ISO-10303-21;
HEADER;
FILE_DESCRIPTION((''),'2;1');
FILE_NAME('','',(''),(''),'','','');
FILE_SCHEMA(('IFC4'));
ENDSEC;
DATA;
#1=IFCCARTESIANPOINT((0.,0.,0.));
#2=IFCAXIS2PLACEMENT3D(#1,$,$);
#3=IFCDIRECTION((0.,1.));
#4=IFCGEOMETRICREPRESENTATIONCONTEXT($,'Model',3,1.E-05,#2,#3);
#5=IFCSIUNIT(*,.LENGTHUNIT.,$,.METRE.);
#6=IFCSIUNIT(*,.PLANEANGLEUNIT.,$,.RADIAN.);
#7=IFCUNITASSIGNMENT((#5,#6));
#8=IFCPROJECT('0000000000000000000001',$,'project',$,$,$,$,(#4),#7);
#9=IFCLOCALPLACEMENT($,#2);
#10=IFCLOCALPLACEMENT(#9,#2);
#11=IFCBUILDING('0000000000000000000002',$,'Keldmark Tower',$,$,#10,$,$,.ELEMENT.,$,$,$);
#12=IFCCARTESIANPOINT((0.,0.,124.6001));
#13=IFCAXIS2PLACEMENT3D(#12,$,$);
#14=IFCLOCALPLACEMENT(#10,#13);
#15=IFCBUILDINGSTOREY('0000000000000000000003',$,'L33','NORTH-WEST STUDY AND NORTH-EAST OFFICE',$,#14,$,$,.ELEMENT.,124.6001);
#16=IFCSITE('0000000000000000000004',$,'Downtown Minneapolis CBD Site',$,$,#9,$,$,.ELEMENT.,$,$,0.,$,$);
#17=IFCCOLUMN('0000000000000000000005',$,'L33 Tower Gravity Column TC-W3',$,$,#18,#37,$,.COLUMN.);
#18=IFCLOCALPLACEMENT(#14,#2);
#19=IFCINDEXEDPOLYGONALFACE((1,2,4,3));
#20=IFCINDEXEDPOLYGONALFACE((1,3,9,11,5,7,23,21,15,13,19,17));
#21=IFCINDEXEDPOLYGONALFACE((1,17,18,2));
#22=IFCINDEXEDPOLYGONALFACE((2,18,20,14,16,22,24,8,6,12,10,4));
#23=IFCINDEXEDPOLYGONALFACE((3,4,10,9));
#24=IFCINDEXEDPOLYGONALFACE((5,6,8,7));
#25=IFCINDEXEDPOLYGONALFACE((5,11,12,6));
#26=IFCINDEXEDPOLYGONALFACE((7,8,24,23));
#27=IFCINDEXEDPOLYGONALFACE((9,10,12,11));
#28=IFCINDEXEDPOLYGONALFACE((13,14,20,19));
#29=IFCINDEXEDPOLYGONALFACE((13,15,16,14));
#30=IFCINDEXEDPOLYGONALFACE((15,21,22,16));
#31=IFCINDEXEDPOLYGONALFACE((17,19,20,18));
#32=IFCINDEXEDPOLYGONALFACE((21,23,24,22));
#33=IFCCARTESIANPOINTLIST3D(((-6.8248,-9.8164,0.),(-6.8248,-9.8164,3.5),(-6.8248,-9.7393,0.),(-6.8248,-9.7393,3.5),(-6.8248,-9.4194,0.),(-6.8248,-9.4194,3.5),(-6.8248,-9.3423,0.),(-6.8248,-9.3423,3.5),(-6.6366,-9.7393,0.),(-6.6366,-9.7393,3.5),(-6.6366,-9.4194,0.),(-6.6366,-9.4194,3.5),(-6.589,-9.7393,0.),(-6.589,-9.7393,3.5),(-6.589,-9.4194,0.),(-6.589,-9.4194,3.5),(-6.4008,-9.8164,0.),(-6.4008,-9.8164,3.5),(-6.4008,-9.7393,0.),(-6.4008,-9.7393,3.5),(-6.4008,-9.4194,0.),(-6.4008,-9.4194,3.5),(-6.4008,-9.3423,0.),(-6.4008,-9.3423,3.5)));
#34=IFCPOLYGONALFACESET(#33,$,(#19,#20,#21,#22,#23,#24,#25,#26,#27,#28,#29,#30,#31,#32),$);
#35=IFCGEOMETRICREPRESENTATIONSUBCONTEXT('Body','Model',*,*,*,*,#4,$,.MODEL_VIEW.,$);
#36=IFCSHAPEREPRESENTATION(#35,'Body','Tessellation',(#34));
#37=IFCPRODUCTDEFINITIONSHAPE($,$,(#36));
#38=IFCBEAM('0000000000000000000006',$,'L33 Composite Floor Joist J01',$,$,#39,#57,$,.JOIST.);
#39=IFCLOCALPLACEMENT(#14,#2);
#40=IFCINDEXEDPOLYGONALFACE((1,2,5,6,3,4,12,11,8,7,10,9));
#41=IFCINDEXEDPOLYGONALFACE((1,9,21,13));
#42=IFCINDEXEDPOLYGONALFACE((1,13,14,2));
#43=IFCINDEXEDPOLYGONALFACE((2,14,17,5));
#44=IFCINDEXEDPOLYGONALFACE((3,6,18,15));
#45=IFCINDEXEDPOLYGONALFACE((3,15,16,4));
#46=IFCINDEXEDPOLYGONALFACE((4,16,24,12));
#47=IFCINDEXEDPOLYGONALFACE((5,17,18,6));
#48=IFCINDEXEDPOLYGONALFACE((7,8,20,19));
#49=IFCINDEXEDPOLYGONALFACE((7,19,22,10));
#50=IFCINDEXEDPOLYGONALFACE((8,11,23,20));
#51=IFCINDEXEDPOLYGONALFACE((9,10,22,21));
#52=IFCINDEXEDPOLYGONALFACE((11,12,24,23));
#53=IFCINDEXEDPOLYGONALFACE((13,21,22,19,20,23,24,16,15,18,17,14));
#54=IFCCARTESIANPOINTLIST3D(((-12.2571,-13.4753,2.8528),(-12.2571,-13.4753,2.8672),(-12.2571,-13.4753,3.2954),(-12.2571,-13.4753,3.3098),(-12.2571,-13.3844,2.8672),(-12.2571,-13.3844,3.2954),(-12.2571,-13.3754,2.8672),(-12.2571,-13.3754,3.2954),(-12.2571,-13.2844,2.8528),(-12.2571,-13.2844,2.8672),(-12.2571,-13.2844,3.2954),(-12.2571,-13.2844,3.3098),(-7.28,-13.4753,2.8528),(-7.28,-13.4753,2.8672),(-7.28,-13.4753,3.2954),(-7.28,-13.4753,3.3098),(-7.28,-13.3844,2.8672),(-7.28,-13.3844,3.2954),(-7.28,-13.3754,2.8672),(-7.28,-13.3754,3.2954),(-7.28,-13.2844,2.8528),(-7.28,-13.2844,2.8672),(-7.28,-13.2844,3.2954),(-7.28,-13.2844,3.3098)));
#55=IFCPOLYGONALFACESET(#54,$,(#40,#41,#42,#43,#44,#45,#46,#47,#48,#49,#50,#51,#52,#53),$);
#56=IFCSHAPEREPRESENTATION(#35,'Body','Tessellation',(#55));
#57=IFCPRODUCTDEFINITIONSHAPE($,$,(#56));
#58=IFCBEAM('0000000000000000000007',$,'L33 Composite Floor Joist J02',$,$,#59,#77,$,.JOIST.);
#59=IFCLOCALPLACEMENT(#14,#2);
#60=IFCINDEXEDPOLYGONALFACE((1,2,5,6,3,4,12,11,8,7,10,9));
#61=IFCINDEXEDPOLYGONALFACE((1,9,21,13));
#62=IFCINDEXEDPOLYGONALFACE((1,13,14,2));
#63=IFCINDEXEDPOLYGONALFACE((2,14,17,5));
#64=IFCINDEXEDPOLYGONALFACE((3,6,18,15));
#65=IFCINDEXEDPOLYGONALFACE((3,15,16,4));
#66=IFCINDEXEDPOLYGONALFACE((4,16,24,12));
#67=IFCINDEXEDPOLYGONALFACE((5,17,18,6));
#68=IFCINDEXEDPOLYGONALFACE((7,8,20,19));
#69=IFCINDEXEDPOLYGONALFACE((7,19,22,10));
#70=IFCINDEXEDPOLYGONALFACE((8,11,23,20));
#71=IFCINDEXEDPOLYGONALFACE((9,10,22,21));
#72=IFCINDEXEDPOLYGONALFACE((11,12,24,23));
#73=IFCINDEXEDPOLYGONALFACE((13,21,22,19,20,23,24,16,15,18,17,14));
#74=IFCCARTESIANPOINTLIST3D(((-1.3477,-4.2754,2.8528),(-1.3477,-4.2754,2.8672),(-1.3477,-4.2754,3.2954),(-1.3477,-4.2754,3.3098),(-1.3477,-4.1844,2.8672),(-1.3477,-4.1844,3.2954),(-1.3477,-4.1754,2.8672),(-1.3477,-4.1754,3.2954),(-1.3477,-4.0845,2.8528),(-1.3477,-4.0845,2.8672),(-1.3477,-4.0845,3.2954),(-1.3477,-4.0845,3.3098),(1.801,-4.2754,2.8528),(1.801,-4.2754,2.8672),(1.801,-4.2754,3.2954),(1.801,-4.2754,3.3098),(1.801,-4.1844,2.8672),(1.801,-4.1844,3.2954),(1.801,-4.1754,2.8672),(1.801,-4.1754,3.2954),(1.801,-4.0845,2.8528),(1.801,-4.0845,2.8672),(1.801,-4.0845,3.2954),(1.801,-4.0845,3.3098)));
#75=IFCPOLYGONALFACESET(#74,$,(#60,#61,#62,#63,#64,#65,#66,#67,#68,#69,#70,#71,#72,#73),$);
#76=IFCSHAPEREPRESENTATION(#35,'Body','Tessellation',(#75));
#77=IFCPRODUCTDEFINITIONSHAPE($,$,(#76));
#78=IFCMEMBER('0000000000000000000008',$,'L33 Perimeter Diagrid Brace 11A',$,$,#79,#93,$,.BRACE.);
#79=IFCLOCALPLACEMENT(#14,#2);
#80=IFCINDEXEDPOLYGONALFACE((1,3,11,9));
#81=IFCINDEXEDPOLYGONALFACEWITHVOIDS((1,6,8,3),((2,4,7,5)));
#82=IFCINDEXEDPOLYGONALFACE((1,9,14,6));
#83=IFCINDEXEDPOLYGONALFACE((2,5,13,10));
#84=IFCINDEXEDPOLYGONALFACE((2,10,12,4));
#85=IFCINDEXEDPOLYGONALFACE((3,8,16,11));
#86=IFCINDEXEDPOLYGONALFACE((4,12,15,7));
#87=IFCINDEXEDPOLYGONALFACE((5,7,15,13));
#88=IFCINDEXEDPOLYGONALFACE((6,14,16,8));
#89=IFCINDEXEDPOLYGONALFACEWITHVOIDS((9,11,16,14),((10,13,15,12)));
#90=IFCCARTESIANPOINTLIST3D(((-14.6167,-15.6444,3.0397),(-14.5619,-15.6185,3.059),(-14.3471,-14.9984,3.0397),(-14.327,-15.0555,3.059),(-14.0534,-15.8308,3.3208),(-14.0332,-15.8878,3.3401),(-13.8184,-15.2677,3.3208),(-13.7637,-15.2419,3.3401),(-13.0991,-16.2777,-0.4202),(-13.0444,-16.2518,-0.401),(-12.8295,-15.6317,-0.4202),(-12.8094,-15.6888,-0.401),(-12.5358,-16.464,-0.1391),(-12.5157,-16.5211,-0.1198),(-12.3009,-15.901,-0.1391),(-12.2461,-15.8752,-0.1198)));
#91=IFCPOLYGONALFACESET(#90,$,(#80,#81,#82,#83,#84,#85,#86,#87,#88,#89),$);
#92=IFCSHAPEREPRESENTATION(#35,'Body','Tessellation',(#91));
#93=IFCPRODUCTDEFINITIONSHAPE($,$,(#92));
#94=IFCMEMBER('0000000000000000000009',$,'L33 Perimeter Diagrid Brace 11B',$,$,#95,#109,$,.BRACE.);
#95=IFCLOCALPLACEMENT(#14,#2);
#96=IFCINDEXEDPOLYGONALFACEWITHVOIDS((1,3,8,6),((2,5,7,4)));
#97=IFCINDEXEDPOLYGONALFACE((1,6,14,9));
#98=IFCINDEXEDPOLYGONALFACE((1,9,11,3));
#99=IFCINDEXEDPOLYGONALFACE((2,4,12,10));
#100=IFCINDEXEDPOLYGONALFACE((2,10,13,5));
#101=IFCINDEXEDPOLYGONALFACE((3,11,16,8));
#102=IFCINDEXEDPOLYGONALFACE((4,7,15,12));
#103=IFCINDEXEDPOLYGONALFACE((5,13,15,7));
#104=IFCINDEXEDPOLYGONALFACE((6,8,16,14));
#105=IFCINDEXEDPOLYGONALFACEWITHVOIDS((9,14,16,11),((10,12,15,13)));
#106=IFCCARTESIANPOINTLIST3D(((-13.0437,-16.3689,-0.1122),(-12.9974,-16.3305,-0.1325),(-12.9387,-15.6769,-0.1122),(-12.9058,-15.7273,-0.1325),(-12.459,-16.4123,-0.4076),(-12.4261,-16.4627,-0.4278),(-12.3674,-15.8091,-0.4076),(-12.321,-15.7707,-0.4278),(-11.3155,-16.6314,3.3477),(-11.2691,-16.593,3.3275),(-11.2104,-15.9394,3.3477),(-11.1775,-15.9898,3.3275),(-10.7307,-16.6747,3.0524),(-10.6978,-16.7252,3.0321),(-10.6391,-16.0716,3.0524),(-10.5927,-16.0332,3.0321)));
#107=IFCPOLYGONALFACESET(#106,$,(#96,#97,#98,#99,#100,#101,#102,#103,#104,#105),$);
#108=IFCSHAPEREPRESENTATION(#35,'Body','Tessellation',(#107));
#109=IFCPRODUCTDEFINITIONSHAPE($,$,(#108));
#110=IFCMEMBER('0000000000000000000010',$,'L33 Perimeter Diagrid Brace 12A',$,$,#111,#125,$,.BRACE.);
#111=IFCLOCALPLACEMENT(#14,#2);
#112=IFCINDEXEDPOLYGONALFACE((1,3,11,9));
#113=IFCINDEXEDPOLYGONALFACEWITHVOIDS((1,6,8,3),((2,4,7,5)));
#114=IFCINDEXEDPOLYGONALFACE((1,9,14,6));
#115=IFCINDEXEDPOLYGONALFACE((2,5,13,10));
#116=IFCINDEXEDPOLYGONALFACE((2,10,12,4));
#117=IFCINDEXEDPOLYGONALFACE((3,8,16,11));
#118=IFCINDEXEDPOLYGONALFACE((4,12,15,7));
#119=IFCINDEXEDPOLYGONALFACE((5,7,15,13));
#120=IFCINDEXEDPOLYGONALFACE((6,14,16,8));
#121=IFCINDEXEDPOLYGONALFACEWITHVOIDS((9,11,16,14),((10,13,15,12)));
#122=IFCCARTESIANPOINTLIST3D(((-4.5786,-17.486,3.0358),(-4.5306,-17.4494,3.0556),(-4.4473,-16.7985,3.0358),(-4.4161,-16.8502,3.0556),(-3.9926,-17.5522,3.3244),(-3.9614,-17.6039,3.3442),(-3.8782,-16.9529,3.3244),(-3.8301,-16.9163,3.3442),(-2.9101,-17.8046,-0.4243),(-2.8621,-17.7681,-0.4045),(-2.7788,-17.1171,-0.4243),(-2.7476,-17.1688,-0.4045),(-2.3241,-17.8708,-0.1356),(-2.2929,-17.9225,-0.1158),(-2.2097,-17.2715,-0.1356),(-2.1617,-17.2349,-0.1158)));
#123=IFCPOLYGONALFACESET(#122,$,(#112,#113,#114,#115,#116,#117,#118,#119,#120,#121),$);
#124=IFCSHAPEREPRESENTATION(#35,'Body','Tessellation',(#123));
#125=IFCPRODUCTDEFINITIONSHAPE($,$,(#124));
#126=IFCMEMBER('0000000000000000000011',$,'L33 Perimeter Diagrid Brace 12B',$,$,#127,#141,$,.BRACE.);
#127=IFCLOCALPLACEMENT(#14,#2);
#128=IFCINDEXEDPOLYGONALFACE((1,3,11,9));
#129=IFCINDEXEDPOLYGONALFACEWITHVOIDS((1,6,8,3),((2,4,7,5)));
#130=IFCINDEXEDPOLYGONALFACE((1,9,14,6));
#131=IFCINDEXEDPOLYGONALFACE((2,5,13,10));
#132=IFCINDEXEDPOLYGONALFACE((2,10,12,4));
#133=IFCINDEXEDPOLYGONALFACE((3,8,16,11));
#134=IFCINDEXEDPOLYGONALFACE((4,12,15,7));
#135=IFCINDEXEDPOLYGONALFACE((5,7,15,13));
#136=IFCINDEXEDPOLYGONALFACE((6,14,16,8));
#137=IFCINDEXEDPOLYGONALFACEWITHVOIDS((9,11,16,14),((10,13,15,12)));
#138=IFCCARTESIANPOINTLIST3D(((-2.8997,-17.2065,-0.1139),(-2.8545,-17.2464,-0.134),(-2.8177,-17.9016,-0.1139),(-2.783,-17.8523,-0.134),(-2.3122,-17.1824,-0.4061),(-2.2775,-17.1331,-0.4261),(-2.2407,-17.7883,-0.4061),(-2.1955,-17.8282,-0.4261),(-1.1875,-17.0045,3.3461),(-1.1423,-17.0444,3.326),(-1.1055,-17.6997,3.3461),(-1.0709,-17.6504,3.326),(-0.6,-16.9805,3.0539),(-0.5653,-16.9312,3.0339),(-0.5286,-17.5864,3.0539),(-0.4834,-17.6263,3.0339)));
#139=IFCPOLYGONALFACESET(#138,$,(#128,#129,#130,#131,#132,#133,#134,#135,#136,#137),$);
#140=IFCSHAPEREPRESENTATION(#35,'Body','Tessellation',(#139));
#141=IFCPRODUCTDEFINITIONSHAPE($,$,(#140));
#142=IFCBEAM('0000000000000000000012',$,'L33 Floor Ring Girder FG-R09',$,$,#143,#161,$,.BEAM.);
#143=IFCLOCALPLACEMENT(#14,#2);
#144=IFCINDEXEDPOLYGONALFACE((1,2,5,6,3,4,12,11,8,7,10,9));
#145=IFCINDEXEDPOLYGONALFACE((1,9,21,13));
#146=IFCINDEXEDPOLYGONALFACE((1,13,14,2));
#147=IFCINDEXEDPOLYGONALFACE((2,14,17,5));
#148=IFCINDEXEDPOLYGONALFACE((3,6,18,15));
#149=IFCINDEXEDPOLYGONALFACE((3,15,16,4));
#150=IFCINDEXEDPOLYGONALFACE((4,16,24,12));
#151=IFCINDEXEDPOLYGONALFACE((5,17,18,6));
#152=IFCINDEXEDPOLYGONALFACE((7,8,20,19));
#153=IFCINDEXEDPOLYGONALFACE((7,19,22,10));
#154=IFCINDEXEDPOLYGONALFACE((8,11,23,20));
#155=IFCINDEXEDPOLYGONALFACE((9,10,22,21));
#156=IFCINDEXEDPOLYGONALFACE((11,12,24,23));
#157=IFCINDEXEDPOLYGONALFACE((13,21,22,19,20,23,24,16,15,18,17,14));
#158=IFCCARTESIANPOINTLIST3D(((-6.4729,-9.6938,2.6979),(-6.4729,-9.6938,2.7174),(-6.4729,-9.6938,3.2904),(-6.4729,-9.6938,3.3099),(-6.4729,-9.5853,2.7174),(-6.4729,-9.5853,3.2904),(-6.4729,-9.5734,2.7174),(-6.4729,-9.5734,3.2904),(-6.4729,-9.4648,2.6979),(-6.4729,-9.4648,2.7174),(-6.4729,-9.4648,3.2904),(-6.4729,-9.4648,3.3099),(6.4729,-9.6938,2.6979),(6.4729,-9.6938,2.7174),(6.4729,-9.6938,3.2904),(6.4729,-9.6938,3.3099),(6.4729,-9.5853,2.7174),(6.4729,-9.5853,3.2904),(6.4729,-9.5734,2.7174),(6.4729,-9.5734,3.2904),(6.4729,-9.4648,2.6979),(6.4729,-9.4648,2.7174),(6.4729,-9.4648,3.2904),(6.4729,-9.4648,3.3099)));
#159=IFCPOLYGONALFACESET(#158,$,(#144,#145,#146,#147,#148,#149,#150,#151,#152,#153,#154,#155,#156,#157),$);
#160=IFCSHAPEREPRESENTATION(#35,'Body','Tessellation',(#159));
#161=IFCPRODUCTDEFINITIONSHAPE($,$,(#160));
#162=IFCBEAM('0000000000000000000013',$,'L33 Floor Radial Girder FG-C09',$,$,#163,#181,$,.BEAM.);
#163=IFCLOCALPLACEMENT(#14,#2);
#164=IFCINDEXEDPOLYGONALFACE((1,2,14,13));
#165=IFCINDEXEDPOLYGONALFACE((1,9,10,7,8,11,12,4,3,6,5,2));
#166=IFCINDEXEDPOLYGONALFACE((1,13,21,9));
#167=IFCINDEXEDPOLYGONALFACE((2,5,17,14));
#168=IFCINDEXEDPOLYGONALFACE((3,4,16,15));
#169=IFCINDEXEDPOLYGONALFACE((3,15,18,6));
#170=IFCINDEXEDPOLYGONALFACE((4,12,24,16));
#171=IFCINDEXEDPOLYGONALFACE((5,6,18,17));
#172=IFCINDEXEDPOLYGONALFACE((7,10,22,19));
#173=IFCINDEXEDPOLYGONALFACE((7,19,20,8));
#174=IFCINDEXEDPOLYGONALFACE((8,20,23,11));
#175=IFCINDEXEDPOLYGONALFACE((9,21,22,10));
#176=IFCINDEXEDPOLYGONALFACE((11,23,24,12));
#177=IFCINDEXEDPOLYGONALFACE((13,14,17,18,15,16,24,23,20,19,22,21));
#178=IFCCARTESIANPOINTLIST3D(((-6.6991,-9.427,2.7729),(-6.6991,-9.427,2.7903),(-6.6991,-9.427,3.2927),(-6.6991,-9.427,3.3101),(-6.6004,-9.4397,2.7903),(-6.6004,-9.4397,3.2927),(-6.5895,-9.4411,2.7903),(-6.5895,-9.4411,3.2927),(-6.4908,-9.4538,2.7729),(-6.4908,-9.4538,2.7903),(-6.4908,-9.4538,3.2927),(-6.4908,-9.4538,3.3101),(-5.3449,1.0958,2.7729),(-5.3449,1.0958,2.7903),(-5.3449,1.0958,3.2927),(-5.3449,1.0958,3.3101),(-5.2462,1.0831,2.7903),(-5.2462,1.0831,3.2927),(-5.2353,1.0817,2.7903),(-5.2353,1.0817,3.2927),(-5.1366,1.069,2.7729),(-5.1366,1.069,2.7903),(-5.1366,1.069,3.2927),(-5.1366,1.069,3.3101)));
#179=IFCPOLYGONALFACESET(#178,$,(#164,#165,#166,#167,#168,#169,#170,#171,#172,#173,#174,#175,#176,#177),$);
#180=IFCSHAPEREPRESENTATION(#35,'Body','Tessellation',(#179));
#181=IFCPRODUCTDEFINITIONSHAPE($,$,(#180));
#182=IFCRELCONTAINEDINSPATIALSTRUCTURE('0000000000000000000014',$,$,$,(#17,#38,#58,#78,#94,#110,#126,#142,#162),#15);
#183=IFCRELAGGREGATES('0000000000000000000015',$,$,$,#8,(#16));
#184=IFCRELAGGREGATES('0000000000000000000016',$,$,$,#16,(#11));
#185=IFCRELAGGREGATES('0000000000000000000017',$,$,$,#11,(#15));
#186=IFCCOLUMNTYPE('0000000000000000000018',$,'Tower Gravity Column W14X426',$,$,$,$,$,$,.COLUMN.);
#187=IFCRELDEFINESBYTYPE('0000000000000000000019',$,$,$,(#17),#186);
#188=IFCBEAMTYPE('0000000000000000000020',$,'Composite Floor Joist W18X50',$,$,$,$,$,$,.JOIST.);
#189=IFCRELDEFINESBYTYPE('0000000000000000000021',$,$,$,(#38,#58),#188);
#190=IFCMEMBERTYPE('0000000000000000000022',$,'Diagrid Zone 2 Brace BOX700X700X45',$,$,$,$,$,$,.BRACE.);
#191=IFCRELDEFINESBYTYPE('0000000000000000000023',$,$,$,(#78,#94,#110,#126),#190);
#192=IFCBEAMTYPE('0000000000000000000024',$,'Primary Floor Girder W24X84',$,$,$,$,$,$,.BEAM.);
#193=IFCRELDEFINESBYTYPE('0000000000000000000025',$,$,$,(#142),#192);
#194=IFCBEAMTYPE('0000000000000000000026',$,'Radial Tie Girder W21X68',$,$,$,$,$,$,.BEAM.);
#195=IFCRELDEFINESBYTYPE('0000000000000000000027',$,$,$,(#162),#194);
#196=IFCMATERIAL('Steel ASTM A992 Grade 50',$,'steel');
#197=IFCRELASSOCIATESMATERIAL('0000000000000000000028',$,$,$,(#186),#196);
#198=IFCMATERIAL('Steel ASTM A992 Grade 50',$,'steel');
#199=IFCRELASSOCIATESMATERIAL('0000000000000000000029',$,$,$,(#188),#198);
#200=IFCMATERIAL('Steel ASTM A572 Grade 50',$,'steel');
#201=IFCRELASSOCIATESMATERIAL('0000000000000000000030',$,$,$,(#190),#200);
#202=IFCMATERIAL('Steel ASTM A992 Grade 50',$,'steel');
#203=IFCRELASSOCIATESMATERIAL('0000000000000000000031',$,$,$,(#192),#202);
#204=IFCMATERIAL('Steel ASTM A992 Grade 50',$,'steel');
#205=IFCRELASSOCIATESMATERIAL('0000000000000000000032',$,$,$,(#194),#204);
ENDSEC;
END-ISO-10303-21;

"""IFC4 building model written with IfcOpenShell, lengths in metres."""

from ifc_helpers import new_model, si_unit, direction, frame, origin, origin_2d, place, context, subcontext, project, spatial, hollow_rectangle, i_section, extrude, material, material_profile, profile_set, type_object, element, save


model = new_model("IFC4")

# Units and contexts
model_context = context("Model", 3, precision=1e-05, world=origin(), true_north=direction((0.0, 1.0)))
body_context = subcontext(model_context, "Body", "Model", "MODEL_VIEW")
ifc_project = project(units=[si_unit("LENGTHUNIT", "METRE"), si_unit("PLANEANGLEUNIT", "RADIAN")], contexts=[model_context])

# Site, building, storey
site_placement = place(None, origin())
site = spatial("IfcSite", under=ifc_project, at=site_placement, Name="Downtown Minneapolis CBD Site", CompositionType="ELEMENT", RefElevation=0.0)
building_placement = place(site_placement, origin())
building = spatial("IfcBuilding", under=site, at=building_placement, Name="Keldmark Tower", CompositionType="ELEMENT")
storey_placement = place(building_placement, frame((0.0, 0.0, 124.6001)))
storey = spatial("IfcBuildingStorey", under=building, at=storey_placement, Name="L33", Description="NORTH-WEST STUDY AND NORTH-EAST OFFICE", CompositionType="ELEMENT", Elevation=124.6001)

# Column
ifc_material_1 = material(Name="Steel ASTM A992 Grade 50", Category="steel")
ifc_material_profile_1 = material_profile(ifc_material_1, i_section(OverallWidth=0.4241, OverallDepth=0.4741, WebThickness=0.0476, FlangeThickness=0.0771, at=origin_2d()), Name="W14X426")
ifc_profile_set_1 = profile_set([ifc_material_profile_1], Name="Steel ASTM A992 Grade 50")
column_type = type_object("IfcColumnType", Name="Tower Gravity Column W14X426", PredefinedType="COLUMN", material=ifc_profile_set_1)
column_placement = place(storey_placement, frame((-6.6128, -9.5793, 0.0), z_axis=(0.0, 0.0, 1.0), x_axis=(1.0, 0.0, 0.0)))
element("IfcColumn", 1, at=column_placement, inside=storey, type_object=column_type, Name="L33 Tower Gravity Column TC-W3", PredefinedType="COLUMN", context=body_context, shape_type="SweptSolid", body=[
    extrude(i_section(OverallWidth=0.4241, OverallDepth=0.4741, WebThickness=0.0476, FlangeThickness=0.0771, at=origin_2d()), origin(), (0.0, 0.0, 1.0), 3.5),
])

# Beams
ifc_material_2 = material(Name="Steel ASTM A992 Grade 50", Category="steel")
ifc_material_profile_2 = material_profile(ifc_material_2, i_section(OverallWidth=0.1909, OverallDepth=0.457, WebThickness=0.009, FlangeThickness=0.0144, at=origin_2d()), Name="W18X50")
ifc_profile_set_2 = profile_set([ifc_material_profile_2], Name="Steel ASTM A992 Grade 50")
beam_type_1 = type_object("IfcBeamType", Name="Composite Floor Joist W18X50", PredefinedType="JOIST", material=ifc_profile_set_2)
beam_1_placement = place(storey_placement, frame((-12.2571, -13.3799, 3.0813), z_axis=(1.0, 0.0, 0.0), x_axis=(0.0, 1.0, 0.0)))
element("IfcBeam", 2, at=beam_1_placement, inside=storey, type_object=beam_type_1, Name="L33 Composite Floor Joist J01", PredefinedType="JOIST", context=body_context, shape_type="SweptSolid", body=[
    extrude(i_section(OverallWidth=0.1909, OverallDepth=0.457, WebThickness=0.009, FlangeThickness=0.0144, at=origin_2d()), origin(), (0.0, 0.0, 1.0), 4.9771),
])
beam_2_placement = place(storey_placement, frame((-1.3477, -4.1799, 3.0813), z_axis=(1.0, 0.0, 0.0), x_axis=(0.0, 1.0, 0.0)))
element("IfcBeam", 3, at=beam_2_placement, inside=storey, type_object=beam_type_1, Name="L33 Composite Floor Joist J02", PredefinedType="JOIST", context=body_context, shape_type="SweptSolid", body=[
    extrude(i_section(OverallWidth=0.1909, OverallDepth=0.457, WebThickness=0.009, FlangeThickness=0.0144, at=origin_2d()), origin(), (0.0, 0.0, 1.0), 3.1487),
])

# Members
ifc_material_3 = material(Name="Steel ASTM A572 Grade 50", Category="steel")
ifc_material_profile_3 = material_profile(ifc_material_3, hollow_rectangle(XDim=0.7, YDim=0.7, WallThickness=0.0449, at=origin_2d()), Name="BOX700X700X45")
ifc_profile_set_3 = profile_set([ifc_material_profile_3], Name="Steel ASTM A572 Grade 50")
member_type = type_object("IfcMemberType", Name="Diagrid Zone 2 Brace BOX700X700X45", PredefinedType="BRACE", material=ifc_profile_set_3)
member_1_placement = place(storey_placement, frame((-12.6726, -16.0764, -0.27), z_axis=(-0.396146, 0.165316, 0.903183), x_axis=(-0.385121, -0.922866, 0.0)))
element("IfcMember", 4, at=member_1_placement, inside=storey, type_object=member_type, Name="L33 Perimeter Diagrid Brace 11A", PredefinedType="BRACE", context=body_context, shape_type="SweptSolid", body=[
    extrude(hollow_rectangle(XDim=0.7, YDim=0.7, WallThickness=0.0449, at=origin_2d()), origin(), (0.0, 0.0, 1.0), 3.8308),
])
member_2_placement = place(storey_placement, frame((-12.6824, -16.0698, -0.27), z_axis=(0.445835, -0.067703, 0.892551), x_axis=(0.150136, 0.988665, 0.0)))
element("IfcMember", 5, at=member_2_placement, inside=storey, type_object=member_type, Name="L33 Perimeter Diagrid Brace 11B", PredefinedType="BRACE", context=body_context, shape_type="SweptSolid", body=[
    extrude(hollow_rectangle(XDim=0.7, YDim=0.7, WallThickness=0.0449, at=origin_2d()), origin(), (0.0, 0.0, 1.0), 3.8765),
])
member_3_placement = place(storey_placement, frame((-2.5359, -17.5198, -0.27), z_axis=(-0.432868, 0.082659, 0.89766), x_axis=(-0.187568, -0.982252, 0.0)))
element("IfcMember", 6, at=member_3_placement, inside=storey, type_object=member_type, Name="L33 Perimeter Diagrid Brace 12A", PredefinedType="BRACE", context=body_context, shape_type="SweptSolid", body=[
    extrude(hollow_rectangle(XDim=0.7, YDim=0.7, WallThickness=0.0449, at=origin_2d()), origin(), (0.0, 0.0, 1.0), 3.8545),
])
member_4_placement = place(storey_placement, frame((-2.5476, -17.5173, -0.27), z_axis=(0.442911, 0.05223, 0.895043), x_axis=(-0.117112, 0.993119, 0.0)))
element("IfcMember", 7, at=member_4_placement, inside=storey, type_object=member_type, Name="L33 Perimeter Diagrid Brace 12B", PredefinedType="BRACE", context=body_context, shape_type="SweptSolid", body=[
    extrude(hollow_rectangle(XDim=0.7, YDim=0.7, WallThickness=0.0449, at=origin_2d()), origin(), (0.0, 0.0, 1.0), 3.8657),
])

# Beams
ifc_material_4 = material(Name="Steel ASTM A992 Grade 50", Category="steel")
ifc_material_profile_4 = material_profile(ifc_material_4, i_section(OverallWidth=0.229, OverallDepth=0.6121, WebThickness=0.012, FlangeThickness=0.0195, at=origin_2d()), Name="W24X84")
ifc_profile_set_4 = profile_set([ifc_material_profile_4], Name="Steel ASTM A992 Grade 50")
beam_type_2 = type_object("IfcBeamType", Name="Primary Floor Girder W24X84", PredefinedType="BEAM", material=ifc_profile_set_4)
beam_3_placement = place(storey_placement, frame((-6.4729, -9.5793, 3.0039), z_axis=(1.0, 0.0, 0.0), x_axis=(0.0, 1.0, 0.0)))
element("IfcBeam", 8, at=beam_3_placement, inside=storey, type_object=beam_type_2, Name="L33 Floor Ring Girder FG-R09", PredefinedType="BEAM", context=body_context, shape_type="SweptSolid", body=[
    extrude(i_section(OverallWidth=0.229, OverallDepth=0.6121, WebThickness=0.012, FlangeThickness=0.0195, at=origin_2d()), origin(), (0.0, 0.0, 1.0), 12.9458),
])
ifc_material_5 = material(Name="Steel ASTM A992 Grade 50", Category="steel")
ifc_material_profile_5 = material_profile(ifc_material_5, i_section(OverallWidth=0.21, OverallDepth=0.5371, WebThickness=0.011, FlangeThickness=0.0173, at=origin_2d()), Name="W21X68")
ifc_profile_set_5 = profile_set([ifc_material_profile_5], Name="Steel ASTM A992 Grade 50")
beam_type_3 = type_object("IfcBeamType", Name="Radial Tie Girder W21X68", PredefinedType="BEAM", material=ifc_profile_set_5)
beam_4_placement = place(storey_placement, frame((-6.595, -9.4404, 3.0415), z_axis=(0.127642, 0.99182, 0.0), x_axis=(-0.99182, 0.127642, 0.0)))
element("IfcBeam", 9, at=beam_4_placement, inside=storey, type_object=beam_type_3, Name="L33 Floor Radial Girder FG-C09", PredefinedType="BEAM", context=body_context, shape_type="SweptSolid", body=[
    extrude(i_section(OverallWidth=0.21, OverallDepth=0.5371, WebThickness=0.011, FlangeThickness=0.0173, at=origin_2d()), origin(), (0.0, 0.0, 1.0), 10.6096),
])

save(model, "model.ifc")
